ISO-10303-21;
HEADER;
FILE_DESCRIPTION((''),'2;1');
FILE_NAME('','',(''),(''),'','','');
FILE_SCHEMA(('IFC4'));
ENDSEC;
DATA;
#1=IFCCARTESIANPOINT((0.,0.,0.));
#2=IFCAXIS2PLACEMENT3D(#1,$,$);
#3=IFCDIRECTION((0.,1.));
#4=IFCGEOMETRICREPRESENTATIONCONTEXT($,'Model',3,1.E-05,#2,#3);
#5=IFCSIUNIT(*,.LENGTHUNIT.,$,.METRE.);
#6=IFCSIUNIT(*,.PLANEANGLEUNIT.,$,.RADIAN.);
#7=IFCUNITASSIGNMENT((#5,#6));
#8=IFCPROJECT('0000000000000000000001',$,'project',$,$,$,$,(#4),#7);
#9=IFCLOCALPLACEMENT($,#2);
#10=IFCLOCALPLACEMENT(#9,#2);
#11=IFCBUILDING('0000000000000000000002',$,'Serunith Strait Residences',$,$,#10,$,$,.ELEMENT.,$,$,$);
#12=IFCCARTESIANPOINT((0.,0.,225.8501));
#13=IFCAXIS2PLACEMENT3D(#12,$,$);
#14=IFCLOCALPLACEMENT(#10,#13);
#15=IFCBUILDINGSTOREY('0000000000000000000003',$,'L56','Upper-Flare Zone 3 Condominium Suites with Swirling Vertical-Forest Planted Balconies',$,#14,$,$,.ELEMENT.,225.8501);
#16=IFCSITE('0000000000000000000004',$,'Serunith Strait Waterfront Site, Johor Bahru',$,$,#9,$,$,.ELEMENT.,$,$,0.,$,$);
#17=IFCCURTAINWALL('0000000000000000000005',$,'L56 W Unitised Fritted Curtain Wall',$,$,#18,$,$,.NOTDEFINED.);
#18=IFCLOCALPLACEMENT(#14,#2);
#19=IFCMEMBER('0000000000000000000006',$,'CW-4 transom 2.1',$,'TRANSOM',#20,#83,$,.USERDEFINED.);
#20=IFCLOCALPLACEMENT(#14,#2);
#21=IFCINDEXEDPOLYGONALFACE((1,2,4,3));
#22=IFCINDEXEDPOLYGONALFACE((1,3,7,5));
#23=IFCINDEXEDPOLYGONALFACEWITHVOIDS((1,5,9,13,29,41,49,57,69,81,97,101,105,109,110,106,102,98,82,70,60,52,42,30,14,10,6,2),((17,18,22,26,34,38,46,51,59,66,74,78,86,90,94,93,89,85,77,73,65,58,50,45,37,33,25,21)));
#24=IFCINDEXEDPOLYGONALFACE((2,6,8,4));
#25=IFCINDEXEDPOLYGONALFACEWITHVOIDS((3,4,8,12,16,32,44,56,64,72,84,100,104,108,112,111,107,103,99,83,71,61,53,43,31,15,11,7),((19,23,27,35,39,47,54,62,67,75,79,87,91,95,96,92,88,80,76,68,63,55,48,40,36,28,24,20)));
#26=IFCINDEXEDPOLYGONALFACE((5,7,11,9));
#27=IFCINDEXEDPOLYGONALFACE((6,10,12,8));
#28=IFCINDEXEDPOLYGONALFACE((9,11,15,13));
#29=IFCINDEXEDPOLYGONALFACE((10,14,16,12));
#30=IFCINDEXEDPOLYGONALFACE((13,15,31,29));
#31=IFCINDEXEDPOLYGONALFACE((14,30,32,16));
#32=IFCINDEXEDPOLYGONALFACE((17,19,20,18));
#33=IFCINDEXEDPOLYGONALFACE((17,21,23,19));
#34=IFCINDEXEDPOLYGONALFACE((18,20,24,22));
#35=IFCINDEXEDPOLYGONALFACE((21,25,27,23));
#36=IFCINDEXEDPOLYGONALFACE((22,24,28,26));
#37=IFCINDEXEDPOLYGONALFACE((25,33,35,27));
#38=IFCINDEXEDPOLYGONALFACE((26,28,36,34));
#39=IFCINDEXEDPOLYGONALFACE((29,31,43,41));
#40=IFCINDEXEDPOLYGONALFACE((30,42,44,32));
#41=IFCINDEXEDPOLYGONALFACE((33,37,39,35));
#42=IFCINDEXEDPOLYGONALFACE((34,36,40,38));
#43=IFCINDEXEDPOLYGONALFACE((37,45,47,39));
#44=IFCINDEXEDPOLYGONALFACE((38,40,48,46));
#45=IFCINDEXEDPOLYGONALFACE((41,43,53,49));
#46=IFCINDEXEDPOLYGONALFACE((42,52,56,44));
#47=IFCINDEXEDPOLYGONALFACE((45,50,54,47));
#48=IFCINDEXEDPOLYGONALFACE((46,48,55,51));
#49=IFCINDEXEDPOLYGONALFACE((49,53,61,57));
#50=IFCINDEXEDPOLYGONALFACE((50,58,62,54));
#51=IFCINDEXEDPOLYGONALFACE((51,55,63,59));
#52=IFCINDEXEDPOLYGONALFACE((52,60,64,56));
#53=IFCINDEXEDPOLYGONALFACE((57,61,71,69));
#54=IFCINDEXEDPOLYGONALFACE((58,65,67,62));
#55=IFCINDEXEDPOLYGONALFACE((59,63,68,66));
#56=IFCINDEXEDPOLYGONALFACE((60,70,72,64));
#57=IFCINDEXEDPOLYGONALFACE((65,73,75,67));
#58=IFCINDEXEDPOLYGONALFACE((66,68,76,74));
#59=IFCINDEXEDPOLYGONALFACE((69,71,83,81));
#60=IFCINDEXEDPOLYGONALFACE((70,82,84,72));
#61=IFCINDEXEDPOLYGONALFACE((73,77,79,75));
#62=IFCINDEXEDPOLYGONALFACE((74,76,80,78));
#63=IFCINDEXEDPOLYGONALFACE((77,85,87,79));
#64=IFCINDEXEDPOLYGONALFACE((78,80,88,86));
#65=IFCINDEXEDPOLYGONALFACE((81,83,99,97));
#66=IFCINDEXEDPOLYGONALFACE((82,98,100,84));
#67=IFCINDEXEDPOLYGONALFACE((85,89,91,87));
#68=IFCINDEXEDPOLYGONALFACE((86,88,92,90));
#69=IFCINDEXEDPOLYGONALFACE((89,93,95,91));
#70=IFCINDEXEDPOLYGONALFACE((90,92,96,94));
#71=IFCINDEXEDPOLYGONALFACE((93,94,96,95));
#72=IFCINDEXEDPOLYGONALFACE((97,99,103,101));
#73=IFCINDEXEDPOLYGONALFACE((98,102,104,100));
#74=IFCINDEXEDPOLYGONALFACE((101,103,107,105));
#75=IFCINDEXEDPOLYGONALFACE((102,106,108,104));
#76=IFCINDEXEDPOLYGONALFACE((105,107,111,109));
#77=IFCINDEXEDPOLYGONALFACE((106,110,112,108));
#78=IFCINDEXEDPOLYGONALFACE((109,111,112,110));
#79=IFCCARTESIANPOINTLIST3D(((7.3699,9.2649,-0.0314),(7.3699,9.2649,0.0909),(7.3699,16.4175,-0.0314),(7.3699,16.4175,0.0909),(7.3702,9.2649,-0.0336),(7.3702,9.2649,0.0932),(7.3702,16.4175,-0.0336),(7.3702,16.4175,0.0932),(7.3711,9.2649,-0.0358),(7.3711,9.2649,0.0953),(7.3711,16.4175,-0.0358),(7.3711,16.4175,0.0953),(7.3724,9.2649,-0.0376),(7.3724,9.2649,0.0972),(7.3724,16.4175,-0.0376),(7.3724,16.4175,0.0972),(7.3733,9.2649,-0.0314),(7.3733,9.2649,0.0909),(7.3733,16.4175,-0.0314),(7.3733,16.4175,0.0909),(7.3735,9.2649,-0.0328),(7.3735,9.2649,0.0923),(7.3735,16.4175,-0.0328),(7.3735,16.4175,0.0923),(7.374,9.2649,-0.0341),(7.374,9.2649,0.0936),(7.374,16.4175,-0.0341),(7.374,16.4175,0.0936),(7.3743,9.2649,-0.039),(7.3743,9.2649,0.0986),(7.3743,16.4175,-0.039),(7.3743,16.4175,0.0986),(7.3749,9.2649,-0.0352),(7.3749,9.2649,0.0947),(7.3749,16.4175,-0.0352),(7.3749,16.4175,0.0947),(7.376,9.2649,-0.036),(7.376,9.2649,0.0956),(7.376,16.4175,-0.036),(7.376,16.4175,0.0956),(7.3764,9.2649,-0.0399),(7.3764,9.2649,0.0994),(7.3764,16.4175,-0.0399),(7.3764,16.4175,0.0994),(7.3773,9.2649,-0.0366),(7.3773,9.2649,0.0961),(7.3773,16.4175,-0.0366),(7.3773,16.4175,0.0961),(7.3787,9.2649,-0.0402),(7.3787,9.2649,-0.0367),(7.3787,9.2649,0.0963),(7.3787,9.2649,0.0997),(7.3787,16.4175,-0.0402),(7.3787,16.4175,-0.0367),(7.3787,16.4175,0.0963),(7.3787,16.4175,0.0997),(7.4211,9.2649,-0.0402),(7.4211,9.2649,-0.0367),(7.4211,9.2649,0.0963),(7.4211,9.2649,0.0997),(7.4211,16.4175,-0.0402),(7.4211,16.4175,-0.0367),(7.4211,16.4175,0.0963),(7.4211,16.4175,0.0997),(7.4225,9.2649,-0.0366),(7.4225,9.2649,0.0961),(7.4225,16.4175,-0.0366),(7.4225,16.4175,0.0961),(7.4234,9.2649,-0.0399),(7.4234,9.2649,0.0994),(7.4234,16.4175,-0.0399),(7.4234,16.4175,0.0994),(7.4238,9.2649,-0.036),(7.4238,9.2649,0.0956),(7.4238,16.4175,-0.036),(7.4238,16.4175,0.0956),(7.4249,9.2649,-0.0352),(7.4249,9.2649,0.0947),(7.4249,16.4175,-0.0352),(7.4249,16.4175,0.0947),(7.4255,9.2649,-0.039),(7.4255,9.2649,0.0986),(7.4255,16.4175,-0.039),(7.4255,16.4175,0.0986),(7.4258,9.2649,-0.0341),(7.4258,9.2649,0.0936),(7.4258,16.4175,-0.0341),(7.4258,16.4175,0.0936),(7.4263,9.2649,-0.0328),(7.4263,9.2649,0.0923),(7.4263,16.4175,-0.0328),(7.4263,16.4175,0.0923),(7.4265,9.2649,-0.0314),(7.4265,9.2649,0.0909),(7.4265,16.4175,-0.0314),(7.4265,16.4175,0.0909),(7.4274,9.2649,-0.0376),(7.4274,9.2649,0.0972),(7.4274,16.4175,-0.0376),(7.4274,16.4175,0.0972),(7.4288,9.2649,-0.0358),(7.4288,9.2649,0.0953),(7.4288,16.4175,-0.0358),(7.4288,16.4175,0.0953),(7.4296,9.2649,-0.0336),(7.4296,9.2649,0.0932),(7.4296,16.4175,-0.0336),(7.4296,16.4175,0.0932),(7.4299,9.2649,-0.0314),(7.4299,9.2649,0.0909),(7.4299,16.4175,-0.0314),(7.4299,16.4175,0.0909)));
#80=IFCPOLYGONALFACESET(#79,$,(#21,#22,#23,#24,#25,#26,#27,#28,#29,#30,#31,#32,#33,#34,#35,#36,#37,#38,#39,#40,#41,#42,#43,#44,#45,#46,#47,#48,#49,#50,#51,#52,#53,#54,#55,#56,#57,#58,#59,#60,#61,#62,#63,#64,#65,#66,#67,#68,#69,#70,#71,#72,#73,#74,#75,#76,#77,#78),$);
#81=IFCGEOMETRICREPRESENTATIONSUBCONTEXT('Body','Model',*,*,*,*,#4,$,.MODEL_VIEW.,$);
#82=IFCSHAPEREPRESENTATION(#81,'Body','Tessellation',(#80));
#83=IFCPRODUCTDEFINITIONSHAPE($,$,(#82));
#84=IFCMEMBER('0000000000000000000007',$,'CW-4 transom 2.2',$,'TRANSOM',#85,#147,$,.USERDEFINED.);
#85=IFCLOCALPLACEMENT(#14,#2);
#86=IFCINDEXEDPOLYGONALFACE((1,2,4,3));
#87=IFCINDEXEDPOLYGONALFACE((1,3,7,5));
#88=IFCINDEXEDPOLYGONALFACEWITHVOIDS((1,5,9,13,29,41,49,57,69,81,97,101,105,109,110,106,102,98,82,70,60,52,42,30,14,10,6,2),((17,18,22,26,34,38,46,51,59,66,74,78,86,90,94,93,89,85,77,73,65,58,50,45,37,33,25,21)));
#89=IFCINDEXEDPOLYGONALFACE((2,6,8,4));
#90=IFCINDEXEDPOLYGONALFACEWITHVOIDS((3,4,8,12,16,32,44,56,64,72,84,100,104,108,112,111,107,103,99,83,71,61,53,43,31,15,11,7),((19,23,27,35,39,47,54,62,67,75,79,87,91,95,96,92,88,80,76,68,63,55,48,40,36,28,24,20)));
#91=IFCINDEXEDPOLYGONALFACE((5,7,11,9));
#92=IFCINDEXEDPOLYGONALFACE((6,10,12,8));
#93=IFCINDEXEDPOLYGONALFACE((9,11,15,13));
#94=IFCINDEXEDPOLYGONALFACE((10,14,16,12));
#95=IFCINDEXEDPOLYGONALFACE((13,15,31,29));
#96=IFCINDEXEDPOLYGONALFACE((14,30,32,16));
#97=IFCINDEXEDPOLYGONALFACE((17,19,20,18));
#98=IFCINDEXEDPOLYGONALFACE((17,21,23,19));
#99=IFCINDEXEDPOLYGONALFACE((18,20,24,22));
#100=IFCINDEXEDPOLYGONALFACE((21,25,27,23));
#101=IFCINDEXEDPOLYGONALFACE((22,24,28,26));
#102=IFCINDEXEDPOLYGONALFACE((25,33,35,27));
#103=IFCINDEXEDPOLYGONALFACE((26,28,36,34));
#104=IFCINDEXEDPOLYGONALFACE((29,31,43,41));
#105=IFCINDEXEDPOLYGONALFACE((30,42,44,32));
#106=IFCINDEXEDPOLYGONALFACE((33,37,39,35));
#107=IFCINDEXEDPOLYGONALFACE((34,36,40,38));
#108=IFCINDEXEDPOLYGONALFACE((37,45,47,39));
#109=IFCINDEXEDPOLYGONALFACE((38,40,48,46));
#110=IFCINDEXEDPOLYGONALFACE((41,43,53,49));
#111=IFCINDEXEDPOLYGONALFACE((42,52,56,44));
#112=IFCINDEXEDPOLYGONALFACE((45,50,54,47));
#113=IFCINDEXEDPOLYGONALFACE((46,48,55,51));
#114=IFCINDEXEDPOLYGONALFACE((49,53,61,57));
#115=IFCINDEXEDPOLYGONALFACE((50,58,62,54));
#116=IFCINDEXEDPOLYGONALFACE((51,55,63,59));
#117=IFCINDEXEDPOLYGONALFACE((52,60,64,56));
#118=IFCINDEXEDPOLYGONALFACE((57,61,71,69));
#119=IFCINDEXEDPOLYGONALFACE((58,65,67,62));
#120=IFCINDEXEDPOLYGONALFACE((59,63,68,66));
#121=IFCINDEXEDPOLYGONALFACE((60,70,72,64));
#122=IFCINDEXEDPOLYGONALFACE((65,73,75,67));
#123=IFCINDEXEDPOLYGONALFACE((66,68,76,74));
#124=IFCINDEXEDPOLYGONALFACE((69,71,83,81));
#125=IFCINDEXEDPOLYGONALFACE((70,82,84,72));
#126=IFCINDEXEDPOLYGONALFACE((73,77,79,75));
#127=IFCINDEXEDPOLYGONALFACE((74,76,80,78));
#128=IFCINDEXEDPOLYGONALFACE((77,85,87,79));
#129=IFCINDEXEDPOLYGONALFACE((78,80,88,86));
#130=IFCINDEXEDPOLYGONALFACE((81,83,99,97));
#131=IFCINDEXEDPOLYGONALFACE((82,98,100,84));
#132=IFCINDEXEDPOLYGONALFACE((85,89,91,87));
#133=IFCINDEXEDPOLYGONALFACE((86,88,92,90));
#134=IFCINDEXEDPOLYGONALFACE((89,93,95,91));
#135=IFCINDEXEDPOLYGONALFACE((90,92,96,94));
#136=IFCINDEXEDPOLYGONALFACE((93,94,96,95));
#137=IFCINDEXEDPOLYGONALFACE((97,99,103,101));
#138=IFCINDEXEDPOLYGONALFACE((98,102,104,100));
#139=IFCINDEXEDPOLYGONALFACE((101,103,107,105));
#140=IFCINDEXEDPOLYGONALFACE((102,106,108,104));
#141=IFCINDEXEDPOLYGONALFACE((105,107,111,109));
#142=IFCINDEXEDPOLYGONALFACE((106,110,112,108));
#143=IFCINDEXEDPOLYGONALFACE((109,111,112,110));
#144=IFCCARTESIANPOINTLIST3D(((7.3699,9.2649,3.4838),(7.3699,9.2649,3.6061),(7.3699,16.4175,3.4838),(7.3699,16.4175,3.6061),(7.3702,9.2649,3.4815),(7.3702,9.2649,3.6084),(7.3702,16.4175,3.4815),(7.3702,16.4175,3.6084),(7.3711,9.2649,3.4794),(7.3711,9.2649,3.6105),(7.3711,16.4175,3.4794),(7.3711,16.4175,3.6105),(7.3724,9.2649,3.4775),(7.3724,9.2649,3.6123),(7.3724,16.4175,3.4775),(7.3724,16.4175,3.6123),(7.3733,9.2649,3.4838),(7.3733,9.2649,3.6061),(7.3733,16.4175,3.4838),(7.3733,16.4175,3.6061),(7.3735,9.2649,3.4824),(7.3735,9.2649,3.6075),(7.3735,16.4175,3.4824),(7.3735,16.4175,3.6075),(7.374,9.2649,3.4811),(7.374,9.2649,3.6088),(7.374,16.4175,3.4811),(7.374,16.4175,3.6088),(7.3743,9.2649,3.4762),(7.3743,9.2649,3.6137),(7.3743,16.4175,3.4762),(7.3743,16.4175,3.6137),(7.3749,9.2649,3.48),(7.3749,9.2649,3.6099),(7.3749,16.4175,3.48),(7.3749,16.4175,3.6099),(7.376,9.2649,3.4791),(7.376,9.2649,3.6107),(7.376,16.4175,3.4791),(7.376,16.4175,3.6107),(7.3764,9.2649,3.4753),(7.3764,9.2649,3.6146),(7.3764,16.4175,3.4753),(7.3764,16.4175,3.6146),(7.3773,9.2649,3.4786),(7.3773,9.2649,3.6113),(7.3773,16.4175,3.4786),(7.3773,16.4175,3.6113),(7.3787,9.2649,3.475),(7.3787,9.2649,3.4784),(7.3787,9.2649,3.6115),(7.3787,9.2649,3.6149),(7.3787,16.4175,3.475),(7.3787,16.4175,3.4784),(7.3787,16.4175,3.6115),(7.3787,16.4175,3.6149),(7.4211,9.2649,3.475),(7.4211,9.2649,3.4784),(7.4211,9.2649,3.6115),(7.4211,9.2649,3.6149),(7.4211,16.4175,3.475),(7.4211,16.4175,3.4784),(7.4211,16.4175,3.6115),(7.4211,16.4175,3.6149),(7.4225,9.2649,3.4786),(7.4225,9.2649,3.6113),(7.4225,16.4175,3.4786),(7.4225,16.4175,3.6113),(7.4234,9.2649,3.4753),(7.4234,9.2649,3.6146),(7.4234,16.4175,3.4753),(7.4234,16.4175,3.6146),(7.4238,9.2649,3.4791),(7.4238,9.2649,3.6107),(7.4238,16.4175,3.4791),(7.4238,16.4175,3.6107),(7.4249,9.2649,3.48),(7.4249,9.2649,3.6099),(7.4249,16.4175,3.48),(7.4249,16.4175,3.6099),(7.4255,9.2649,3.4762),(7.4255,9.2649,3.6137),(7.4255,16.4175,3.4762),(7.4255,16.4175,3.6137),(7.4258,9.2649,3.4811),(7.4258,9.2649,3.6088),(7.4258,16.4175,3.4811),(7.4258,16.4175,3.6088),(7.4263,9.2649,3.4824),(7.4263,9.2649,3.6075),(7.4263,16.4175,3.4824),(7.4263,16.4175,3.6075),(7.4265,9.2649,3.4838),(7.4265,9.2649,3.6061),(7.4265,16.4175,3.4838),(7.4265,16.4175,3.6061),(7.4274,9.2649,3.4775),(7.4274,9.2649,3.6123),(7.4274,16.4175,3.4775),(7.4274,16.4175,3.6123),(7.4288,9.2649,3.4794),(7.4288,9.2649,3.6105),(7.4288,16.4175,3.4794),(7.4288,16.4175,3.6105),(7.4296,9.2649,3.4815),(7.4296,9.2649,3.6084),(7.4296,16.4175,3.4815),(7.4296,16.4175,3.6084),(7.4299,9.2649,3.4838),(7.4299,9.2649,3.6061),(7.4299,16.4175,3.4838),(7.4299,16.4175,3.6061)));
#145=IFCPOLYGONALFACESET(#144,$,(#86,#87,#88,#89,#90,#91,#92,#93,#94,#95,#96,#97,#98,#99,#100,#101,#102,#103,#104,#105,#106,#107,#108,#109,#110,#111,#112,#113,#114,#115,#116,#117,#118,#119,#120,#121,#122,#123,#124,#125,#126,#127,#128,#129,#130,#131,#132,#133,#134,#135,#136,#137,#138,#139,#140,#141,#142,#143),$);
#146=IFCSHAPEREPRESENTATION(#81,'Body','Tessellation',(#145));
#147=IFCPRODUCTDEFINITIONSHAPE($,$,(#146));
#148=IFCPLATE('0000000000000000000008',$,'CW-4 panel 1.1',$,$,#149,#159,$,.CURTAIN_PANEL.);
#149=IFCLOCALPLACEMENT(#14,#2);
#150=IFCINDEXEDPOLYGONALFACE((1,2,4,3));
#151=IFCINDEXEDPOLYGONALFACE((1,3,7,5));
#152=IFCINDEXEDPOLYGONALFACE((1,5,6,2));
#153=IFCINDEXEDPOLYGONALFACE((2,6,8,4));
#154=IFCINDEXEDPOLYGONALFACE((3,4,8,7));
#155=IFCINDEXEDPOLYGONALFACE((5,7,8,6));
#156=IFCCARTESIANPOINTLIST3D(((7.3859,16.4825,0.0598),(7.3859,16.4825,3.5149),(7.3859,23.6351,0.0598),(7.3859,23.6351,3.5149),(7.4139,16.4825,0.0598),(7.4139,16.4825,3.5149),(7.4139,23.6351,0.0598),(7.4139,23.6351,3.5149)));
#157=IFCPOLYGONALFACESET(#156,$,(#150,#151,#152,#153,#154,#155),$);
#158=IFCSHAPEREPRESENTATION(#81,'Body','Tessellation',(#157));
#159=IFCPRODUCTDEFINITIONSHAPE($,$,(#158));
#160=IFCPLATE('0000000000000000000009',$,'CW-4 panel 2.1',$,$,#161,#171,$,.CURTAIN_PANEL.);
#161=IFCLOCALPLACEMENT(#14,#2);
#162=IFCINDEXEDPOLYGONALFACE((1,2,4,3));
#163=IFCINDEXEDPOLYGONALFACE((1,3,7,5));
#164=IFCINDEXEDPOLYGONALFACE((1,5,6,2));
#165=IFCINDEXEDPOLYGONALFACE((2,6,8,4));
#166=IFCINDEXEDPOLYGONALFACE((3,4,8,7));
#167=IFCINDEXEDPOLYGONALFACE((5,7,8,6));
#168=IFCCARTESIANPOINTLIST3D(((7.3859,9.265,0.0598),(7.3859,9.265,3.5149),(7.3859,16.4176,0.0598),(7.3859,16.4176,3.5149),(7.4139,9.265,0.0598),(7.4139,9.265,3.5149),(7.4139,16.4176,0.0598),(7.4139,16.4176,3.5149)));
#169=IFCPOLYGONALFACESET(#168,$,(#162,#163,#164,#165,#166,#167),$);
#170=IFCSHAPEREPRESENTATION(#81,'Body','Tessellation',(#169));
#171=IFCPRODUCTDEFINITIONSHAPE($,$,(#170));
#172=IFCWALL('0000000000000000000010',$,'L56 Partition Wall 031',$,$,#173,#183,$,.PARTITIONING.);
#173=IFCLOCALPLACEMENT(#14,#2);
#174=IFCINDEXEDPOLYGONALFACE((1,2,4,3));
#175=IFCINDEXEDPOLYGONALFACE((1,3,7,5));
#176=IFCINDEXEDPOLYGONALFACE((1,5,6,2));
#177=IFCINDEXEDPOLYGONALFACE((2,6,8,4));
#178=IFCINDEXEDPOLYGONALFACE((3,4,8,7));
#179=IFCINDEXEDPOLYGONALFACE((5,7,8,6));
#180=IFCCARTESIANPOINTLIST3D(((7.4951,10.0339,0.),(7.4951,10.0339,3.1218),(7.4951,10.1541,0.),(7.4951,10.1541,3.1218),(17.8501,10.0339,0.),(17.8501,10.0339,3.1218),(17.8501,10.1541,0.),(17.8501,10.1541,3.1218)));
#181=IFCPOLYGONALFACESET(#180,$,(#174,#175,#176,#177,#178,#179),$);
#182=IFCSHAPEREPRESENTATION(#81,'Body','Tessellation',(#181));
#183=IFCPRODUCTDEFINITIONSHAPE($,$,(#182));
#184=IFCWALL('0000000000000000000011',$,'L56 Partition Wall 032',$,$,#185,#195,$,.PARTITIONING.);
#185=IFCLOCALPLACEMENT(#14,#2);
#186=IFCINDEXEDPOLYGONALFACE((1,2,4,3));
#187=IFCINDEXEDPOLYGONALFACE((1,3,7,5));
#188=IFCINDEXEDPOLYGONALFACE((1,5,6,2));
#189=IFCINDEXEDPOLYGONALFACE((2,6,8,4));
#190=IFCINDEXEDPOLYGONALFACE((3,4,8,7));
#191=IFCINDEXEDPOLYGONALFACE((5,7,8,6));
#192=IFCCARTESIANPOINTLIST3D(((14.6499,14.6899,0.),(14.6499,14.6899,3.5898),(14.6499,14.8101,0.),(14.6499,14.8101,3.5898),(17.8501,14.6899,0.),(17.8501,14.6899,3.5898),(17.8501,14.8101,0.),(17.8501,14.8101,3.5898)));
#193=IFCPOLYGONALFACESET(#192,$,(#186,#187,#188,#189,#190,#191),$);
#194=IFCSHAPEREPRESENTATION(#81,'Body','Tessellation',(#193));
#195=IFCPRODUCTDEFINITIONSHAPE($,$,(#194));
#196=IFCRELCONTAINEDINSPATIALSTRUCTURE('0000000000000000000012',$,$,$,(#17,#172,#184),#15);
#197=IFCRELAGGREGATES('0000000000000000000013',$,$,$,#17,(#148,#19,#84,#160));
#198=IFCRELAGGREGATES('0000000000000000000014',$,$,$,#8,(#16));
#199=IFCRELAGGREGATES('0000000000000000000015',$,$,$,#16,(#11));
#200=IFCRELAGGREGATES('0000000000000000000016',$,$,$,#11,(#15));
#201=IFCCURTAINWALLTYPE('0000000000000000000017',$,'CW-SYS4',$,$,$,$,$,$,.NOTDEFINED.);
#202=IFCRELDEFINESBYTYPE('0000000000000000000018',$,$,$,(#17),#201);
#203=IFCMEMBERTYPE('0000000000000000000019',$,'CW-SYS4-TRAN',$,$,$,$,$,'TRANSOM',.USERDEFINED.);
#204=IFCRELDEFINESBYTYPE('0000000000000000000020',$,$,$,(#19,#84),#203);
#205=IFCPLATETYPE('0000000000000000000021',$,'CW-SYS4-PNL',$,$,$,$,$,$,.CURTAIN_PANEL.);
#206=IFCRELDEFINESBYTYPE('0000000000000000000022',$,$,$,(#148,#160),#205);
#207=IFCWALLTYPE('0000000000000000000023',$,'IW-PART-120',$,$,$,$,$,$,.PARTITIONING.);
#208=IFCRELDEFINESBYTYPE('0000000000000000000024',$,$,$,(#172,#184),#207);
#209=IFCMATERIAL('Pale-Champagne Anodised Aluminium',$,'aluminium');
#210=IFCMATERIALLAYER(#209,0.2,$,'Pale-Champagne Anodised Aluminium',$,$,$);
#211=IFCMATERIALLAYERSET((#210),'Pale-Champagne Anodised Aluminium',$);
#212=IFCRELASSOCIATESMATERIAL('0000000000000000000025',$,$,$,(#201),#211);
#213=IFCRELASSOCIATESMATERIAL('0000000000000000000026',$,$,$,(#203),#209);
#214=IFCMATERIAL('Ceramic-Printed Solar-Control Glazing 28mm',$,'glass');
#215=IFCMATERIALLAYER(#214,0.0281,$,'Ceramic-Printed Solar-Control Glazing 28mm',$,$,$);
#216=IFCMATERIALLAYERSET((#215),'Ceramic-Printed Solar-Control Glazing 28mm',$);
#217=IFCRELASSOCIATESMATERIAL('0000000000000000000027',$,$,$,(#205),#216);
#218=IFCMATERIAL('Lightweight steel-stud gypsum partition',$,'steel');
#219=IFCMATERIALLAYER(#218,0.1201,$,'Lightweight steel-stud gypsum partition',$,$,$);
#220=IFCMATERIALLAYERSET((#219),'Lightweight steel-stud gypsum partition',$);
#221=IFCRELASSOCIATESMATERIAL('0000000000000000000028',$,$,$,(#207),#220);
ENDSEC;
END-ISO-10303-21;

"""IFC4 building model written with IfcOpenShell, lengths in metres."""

from ifc_helpers import new_model, si_unit, direction, frame, frame_2d, origin, origin_2d, place, context, subcontext, project, spatial, rectangle, hollow_rectangle, extrude, source, transform, mapped, material, layer, layer_set, material_profile, profile_set, type_object, element, aggregate, save


model = new_model("IFC4")

# Units and contexts
model_context = context("Model", 3, precision=1e-05, world=origin(), true_north=direction((0.0, 1.0)))
body_context = subcontext(model_context, "Body", "Model", "MODEL_VIEW")
ifc_project = project(units=[si_unit("LENGTHUNIT", "METRE"), si_unit("PLANEANGLEUNIT", "RADIAN")], contexts=[model_context])

# Site, building, storey
site_placement = place(None, origin())
site = spatial("IfcSite", under=ifc_project, at=site_placement, Name="Serunith Strait Waterfront Site, Johor Bahru", CompositionType="ELEMENT", RefElevation=0.0)
building_placement = place(site_placement, origin())
building = spatial("IfcBuilding", under=site, at=building_placement, Name="Serunith Strait Residences", CompositionType="ELEMENT")
storey_placement = place(building_placement, frame((0.0, 0.0, 225.8501)))
storey = spatial("IfcBuildingStorey", under=building, at=storey_placement, Name="L56", Description="Upper-Flare Zone 3 Condominium Suites with Swirling Vertical-Forest Planted Balconies", CompositionType="ELEMENT", Elevation=225.8501)

# Curtain wall, members, plates
ifc_material_1 = material(Name="Pale-Champagne Anodised Aluminium", Category="aluminium")
ifc_layer_1 = layer(ifc_material_1, 0.2, Name="Pale-Champagne Anodised Aluminium")
ifc_layer_set_1 = layer_set([ifc_layer_1], Name="Pale-Champagne Anodised Aluminium")
curtain_wall_type = type_object("IfcCurtainWallType", Name="CW-SYS4", PredefinedType="NOTDEFINED", material=ifc_layer_set_1)
curtain_wall_placement = place(storey_placement, origin())
curtain_wall = element("IfcCurtainWall", 1, at=curtain_wall_placement, inside=storey, type_object=curtain_wall_type, Name="L56 W Unitised Fritted Curtain Wall", PredefinedType="NOTDEFINED")
ifc_material_profile_1 = material_profile(ifc_material_1, hollow_rectangle(XDim=0.0601, YDim=0.1399, WallThickness=0.0034, InnerFilletRadius=0.0054, OuterFilletRadius=0.0088, at=origin_2d()), Name="ALU 140x60x3.5")
ifc_profile_set_1 = profile_set([ifc_material_profile_1], Name="Pale-Champagne Anodised Aluminium")
member_type_1 = type_object("IfcMemberType", Name="CW-SYS4-TRAN", ElementType="TRANSOM", PredefinedType="USERDEFINED", material=ifc_profile_set_1)
shared_shape_1 = source(origin(), body_context, "Body", "SweptSolid", [
    extrude(hollow_rectangle(XDim=0.0601, YDim=0.1399, WallThickness=0.0034, InnerFilletRadius=0.0054, OuterFilletRadius=0.0088, at=origin_2d()), origin(), (0.0, 0.0, 1.0), 7.1526),
])
member_1_placement = place(storey_placement, frame((7.3999, 16.4175, 0.0298), z_axis=(0.0, -1.0, 0.0), x_axis=(1.0, 0.0, 0.0)))
member_1 = element("IfcMember", 2, at=member_1_placement, type_object=member_type_1, Name="CW-4 transom 2.1", ObjectType="TRANSOM", PredefinedType="USERDEFINED", context=body_context, shape_type="MappedRepresentation", body=[
    mapped(shared_shape_1, transform((0.0, 0.0, 0.0), scale=1.0)),
])
member_2_placement = place(storey_placement, frame((7.3999, 16.4175, 3.5449), z_axis=(0.0, -1.0, 0.0), x_axis=(1.0, 0.0, 0.0)))
member_2 = element("IfcMember", 3, at=member_2_placement, type_object=member_type_1, Name="CW-4 transom 2.2", ObjectType="TRANSOM", PredefinedType="USERDEFINED", context=body_context, shape_type="MappedRepresentation", body=[
    mapped(shared_shape_1, transform((0.0, 0.0, 0.0), scale=1.0)),
])
ifc_material_2 = material(Name="Ceramic-Printed Solar-Control Glazing 28mm", Category="glass")
ifc_layer_2 = layer(ifc_material_2, 0.0281, Name="Ceramic-Printed Solar-Control Glazing 28mm")
ifc_layer_set_2 = layer_set([ifc_layer_2], Name="Ceramic-Printed Solar-Control Glazing 28mm")
plate_type = type_object("IfcPlateType", Name="CW-SYS4-PNL", PredefinedType="CURTAIN_PANEL", material=ifc_layer_set_2)
shared_shape_2 = source(origin(), body_context, "Body", "SweptSolid", [
    extrude(rectangle(XDim=7.1526, YDim=0.0281, at=origin_2d()), origin(), (0.0, 0.0, 1.0), 3.4551),
])
plate_1_placement = place(storey_placement, frame((7.3999, 20.0588, 0.0598), z_axis=(0.0, 0.0, 1.0), x_axis=(0.0, -1.0, 0.0)))
plate_1 = element("IfcPlate", 4, at=plate_1_placement, type_object=plate_type, Name="CW-4 panel 1.1", PredefinedType="CURTAIN_PANEL", context=body_context, shape_type="MappedRepresentation", body=[
    mapped(shared_shape_2, transform((0.0, 0.0, 0.0), scale=1.0)),
])
plate_2_placement = place(storey_placement, frame((7.3999, 12.8413, 0.0598), z_axis=(0.0, 0.0, 1.0), x_axis=(0.0, -1.0, 0.0)))
plate_2 = element("IfcPlate", 5, at=plate_2_placement, type_object=plate_type, Name="CW-4 panel 2.1", PredefinedType="CURTAIN_PANEL", context=body_context, shape_type="MappedRepresentation", body=[
    mapped(shared_shape_2, transform((0.0, 0.0, 0.0), scale=1.0)),
])
aggregate(curtain_wall, [plate_1, member_1, member_2, plate_2])

# Walls
ifc_material_3 = material(Name="Lightweight steel-stud gypsum partition", Category="steel")
ifc_layer_3 = layer(ifc_material_3, 0.1201, Name="Lightweight steel-stud gypsum partition")
ifc_layer_set_3 = layer_set([ifc_layer_3], Name="Lightweight steel-stud gypsum partition")
wall_type_1 = type_object("IfcWallType", Name="IW-PART-120", PredefinedType="PARTITIONING", material=ifc_layer_set_3)
wall_1_placement = place(storey_placement, frame((7.4951, 10.094, 0.0), z_axis=(0.0, 0.0, 1.0), x_axis=(1.0, 0.0, 0.0)))
element("IfcWall", 6, at=wall_1_placement, inside=storey, type_object=wall_type_1, Name="L56 Partition Wall 031", PredefinedType="PARTITIONING", context=body_context, shape_type="SweptSolid", body=[
    extrude(rectangle(XDim=10.355, YDim=0.1201, at=frame_2d((5.1775, 0.0))), origin(), (0.0, 0.0, 1.0), 3.1218),
])
wall_2_placement = place(storey_placement, frame((14.6499, 14.75, 0.0), z_axis=(0.0, 0.0, 1.0), x_axis=(1.0, 0.0, 0.0)))
element("IfcWall", 7, at=wall_2_placement, inside=storey, type_object=wall_type_1, Name="L56 Partition Wall 032", PredefinedType="PARTITIONING", context=body_context, shape_type="SweptSolid", body=[
    extrude(rectangle(XDim=3.2002, YDim=0.1201, at=frame_2d((1.6001, 0.0))), origin(), (0.0, 0.0, 1.0), 3.5898),
])

save(model, "model.ifc")
